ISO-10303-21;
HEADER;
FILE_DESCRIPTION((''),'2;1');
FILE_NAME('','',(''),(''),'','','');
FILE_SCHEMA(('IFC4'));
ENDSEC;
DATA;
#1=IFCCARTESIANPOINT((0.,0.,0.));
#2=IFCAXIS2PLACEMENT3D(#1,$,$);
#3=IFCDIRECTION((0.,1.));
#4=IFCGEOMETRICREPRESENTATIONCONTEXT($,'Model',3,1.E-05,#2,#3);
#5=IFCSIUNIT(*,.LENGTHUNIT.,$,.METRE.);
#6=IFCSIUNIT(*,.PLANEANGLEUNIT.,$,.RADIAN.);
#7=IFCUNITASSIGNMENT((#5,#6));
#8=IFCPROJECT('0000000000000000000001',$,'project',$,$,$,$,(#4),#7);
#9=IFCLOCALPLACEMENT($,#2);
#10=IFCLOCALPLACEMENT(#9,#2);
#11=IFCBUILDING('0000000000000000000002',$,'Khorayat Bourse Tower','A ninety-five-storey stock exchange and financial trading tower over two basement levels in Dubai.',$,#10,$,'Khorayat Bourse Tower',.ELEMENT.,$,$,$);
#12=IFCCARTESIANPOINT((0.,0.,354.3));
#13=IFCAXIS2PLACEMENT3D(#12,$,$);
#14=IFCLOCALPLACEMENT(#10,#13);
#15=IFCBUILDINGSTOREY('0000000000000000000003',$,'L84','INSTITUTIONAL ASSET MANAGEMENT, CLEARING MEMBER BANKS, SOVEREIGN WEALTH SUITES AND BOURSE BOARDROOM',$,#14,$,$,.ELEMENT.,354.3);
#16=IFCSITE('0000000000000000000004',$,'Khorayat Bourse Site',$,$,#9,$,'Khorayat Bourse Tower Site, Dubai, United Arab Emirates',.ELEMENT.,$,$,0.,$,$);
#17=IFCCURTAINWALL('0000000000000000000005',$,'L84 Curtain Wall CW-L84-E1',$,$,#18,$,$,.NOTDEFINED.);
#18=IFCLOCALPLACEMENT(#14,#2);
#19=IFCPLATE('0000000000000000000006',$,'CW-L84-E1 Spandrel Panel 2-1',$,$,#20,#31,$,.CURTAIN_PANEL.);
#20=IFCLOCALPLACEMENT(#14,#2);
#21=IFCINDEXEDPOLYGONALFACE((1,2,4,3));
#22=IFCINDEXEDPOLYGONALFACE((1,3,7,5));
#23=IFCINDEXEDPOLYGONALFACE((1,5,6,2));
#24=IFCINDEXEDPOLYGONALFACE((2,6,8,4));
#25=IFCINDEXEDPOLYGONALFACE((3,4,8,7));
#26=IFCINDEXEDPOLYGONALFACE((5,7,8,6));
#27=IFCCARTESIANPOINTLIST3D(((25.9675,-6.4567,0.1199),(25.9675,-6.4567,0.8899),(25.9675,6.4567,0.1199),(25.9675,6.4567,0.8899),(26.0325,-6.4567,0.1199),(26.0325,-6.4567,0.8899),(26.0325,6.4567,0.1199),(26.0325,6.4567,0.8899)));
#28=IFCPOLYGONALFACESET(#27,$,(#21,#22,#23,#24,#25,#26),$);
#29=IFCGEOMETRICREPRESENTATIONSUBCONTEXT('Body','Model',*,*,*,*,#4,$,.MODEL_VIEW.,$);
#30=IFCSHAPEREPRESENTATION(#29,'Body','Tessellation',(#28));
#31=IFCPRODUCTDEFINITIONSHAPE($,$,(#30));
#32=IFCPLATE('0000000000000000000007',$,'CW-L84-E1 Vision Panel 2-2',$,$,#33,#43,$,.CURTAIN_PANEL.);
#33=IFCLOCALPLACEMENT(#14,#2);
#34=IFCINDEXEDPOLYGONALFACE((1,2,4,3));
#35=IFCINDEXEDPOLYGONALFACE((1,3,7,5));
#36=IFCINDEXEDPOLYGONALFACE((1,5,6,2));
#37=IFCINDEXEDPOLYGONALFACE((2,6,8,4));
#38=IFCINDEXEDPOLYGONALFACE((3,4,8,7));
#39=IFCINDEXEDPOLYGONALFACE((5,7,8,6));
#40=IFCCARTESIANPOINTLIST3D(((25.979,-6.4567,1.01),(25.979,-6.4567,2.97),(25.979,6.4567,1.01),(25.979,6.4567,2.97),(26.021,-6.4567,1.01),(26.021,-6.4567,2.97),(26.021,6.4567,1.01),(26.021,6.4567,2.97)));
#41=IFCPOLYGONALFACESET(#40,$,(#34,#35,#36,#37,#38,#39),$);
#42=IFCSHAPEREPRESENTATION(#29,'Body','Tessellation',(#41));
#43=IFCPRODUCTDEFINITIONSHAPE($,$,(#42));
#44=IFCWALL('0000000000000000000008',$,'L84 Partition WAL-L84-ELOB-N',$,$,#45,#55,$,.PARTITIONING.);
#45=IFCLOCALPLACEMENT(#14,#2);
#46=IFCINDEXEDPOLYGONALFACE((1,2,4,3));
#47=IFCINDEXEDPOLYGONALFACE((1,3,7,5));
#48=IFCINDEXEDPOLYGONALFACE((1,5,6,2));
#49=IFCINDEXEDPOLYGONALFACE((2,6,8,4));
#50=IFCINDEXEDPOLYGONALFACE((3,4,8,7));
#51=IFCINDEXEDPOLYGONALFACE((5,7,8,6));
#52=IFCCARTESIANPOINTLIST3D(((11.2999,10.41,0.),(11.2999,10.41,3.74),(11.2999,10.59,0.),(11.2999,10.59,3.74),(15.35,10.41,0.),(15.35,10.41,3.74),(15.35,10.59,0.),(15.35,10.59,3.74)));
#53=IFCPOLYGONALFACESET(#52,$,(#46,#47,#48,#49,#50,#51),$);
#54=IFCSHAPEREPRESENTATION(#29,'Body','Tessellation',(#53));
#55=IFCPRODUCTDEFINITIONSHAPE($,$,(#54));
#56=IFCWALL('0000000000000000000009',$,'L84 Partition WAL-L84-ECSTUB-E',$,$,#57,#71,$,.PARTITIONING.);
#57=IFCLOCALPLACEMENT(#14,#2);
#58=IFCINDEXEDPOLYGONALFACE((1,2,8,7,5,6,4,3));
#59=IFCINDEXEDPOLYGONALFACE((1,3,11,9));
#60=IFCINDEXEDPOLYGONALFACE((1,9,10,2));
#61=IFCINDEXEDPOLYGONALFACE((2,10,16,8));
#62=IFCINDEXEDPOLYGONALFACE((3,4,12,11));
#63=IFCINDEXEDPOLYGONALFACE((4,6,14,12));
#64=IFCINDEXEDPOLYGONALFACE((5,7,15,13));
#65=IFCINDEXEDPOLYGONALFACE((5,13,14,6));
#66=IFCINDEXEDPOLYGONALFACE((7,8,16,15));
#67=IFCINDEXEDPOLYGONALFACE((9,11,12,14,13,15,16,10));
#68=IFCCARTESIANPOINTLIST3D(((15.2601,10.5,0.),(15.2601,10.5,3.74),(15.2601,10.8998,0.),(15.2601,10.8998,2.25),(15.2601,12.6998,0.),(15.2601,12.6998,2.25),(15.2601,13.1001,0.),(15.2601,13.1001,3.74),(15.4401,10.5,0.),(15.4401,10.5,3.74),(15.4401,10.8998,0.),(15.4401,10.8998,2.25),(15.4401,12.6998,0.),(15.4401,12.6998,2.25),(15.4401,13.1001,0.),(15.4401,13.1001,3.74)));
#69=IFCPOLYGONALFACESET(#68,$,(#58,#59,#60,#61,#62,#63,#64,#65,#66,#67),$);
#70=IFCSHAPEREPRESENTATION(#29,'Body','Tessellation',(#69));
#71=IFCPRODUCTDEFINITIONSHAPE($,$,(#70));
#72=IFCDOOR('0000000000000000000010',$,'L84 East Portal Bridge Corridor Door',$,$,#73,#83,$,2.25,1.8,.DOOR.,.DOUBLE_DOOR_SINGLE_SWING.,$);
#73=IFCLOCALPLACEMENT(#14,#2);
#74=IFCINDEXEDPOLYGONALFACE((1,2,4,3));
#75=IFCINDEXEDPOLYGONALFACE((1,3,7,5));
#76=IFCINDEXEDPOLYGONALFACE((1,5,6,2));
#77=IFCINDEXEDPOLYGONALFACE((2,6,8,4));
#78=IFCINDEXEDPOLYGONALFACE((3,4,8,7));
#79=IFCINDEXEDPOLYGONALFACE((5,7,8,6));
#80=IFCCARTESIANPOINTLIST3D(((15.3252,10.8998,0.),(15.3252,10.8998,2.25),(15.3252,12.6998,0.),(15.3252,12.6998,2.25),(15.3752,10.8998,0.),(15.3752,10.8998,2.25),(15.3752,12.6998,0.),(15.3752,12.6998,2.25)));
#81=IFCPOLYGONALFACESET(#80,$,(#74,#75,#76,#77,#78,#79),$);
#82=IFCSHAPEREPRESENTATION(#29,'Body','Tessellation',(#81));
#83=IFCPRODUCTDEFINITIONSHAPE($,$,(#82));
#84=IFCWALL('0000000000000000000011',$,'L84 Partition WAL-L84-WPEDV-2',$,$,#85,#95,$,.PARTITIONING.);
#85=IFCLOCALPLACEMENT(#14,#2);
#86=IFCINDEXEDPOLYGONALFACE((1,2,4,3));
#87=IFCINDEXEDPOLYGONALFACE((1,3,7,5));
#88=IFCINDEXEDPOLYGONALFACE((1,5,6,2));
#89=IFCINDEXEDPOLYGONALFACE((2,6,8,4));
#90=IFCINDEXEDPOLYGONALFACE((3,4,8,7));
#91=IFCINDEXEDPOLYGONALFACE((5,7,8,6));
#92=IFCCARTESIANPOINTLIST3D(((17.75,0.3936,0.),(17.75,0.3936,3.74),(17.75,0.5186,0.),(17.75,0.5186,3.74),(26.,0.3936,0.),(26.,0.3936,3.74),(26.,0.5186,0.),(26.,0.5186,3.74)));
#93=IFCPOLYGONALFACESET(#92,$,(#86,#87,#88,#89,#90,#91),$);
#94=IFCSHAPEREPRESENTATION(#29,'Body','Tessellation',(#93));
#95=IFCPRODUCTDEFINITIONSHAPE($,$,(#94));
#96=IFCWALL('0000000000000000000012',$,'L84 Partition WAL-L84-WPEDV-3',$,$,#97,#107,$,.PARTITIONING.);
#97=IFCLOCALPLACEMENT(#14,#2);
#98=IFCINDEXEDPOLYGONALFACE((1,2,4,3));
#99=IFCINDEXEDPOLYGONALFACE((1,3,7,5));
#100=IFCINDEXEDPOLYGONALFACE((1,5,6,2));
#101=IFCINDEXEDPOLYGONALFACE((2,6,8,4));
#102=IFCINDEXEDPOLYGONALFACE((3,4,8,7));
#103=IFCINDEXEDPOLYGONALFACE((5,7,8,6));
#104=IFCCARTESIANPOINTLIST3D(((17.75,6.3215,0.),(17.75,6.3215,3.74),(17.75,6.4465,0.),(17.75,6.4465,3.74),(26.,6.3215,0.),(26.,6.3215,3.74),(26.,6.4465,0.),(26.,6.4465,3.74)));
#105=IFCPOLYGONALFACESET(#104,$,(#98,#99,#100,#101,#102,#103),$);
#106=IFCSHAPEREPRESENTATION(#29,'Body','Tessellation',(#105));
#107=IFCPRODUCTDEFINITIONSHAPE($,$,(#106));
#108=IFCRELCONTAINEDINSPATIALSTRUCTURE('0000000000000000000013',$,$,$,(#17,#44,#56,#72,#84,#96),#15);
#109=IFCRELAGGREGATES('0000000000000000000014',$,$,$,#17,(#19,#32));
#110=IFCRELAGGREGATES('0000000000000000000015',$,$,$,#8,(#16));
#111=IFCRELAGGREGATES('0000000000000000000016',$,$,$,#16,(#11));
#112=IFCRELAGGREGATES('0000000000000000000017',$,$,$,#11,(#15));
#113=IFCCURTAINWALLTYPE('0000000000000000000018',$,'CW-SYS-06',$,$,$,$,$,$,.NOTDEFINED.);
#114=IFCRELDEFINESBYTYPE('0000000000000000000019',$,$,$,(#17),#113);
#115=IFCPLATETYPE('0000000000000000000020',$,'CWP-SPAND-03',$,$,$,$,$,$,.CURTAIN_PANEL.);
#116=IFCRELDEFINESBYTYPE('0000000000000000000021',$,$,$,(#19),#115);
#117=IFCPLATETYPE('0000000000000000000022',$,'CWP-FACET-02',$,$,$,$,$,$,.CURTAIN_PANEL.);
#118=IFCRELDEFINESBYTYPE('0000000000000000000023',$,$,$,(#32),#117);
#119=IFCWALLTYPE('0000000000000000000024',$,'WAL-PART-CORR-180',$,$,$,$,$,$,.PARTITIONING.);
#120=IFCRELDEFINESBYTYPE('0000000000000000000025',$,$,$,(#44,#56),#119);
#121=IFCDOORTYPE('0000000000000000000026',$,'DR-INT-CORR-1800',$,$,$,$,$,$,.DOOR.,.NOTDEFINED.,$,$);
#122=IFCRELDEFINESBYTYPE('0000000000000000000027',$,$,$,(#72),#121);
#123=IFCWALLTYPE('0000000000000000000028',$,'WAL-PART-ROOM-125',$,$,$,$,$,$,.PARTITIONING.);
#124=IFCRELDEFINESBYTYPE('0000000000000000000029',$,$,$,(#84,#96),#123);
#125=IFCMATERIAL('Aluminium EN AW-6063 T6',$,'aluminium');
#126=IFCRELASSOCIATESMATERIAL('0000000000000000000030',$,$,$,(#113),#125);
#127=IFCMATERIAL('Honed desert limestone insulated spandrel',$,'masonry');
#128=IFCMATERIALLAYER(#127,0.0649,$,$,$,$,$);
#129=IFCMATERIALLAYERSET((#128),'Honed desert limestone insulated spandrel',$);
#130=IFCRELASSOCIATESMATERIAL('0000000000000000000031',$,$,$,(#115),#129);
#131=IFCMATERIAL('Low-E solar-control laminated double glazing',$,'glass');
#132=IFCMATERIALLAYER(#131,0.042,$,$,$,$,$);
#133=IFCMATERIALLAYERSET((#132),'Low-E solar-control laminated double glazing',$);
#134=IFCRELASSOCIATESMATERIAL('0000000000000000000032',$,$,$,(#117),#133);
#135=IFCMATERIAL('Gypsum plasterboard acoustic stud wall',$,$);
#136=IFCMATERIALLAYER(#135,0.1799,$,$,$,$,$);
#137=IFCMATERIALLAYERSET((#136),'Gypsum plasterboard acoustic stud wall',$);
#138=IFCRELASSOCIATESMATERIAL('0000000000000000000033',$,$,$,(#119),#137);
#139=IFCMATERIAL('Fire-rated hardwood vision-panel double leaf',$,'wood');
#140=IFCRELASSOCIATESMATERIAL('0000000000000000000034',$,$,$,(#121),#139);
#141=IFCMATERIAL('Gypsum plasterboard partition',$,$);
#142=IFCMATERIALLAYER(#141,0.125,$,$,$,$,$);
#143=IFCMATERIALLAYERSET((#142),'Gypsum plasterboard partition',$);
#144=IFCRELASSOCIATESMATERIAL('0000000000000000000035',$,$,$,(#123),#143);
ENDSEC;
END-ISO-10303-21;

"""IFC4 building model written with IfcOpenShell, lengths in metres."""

from ifc_helpers import new_model, si_unit, direction, frame, frame_2d, origin, origin_2d, place, context, subcontext, project, spatial, rectangle, extrude, source, transform, mapped, material, layer, layer_set, type_object, element, fill, aggregate, save


model = new_model("IFC4")

# Units and contexts
model_context = context("Model", 3, precision=1e-05, world=origin(), true_north=direction((0.0, 1.0)))
body_context = subcontext(model_context, "Body", "Model", "MODEL_VIEW")
ifc_project = project(units=[si_unit("LENGTHUNIT", "METRE"), si_unit("PLANEANGLEUNIT", "RADIAN")], contexts=[model_context])

# Site, building, storey
site_placement = place(None, origin())
site = spatial("IfcSite", under=ifc_project, at=site_placement, Name="Khorayat Bourse Site", LongName="Khorayat Bourse Tower Site, Dubai, United Arab Emirates", CompositionType="ELEMENT", RefElevation=0.0)
building_placement = place(site_placement, origin())
building = spatial("IfcBuilding", under=site, at=building_placement, Name="Khorayat Bourse Tower", Description="A ninety-five-storey stock exchange and financial trading tower over two basement levels in Dubai.", LongName="Khorayat Bourse Tower", CompositionType="ELEMENT")
storey_placement = place(building_placement, frame((0.0, 0.0, 354.3)))
storey = spatial("IfcBuildingStorey", under=building, at=storey_placement, Name="L84", Description="INSTITUTIONAL ASSET MANAGEMENT, CLEARING MEMBER BANKS, SOVEREIGN WEALTH SUITES AND BOURSE BOARDROOM", CompositionType="ELEMENT", Elevation=354.3)

# Curtain wall
ifc_material_1 = material(Name="Aluminium EN AW-6063 T6", Category="aluminium")
curtain_wall_type = type_object("IfcCurtainWallType", Name="CW-SYS-06", PredefinedType="NOTDEFINED", material=ifc_material_1)
curtain_wall_placement = place(storey_placement, origin())
curtain_wall = element("IfcCurtainWall", 1, at=curtain_wall_placement, inside=storey, type_object=curtain_wall_type, Name="L84 Curtain Wall CW-L84-E1", PredefinedType="NOTDEFINED")

# Plates
ifc_material_2 = material(Name="Honed desert limestone insulated spandrel", Category="masonry")
ifc_layer_1 = layer(ifc_material_2, 0.0649)
ifc_layer_set_1 = layer_set([ifc_layer_1], Name="Honed desert limestone insulated spandrel")
plate_type_1 = type_object("IfcPlateType", Name="CWP-SPAND-03", PredefinedType="CURTAIN_PANEL", material=ifc_layer_set_1)
shared_shape_1 = source(origin(), body_context, "Body", "SweptSolid", [
    extrude(rectangle(XDim=12.9133, YDim=0.0649, at=origin_2d()), origin(), (0.0, 0.0, 1.0), 0.77),
])
plate_1_placement = place(storey_placement, frame((26.0, 0.0, 0.1199), z_axis=(0.0, 0.0, 1.0), x_axis=(0.0, 1.0, 0.0)))
plate_1 = element("IfcPlate", 2, at=plate_1_placement, type_object=plate_type_1, Name="CW-L84-E1 Spandrel Panel 2-1", PredefinedType="CURTAIN_PANEL", context=body_context, shape_type="MappedRepresentation", body=[
    mapped(shared_shape_1, transform((0.0, 0.0, 0.0), scale=1.0)),
])
ifc_material_3 = material(Name="Low-E solar-control laminated double glazing", Category="glass")
ifc_layer_2 = layer(ifc_material_3, 0.042)
ifc_layer_set_2 = layer_set([ifc_layer_2], Name="Low-E solar-control laminated double glazing")
plate_type_2 = type_object("IfcPlateType", Name="CWP-FACET-02", PredefinedType="CURTAIN_PANEL", material=ifc_layer_set_2)
shared_shape_2 = source(origin(), body_context, "Body", "SweptSolid", [
    extrude(rectangle(XDim=12.9133, YDim=0.042, at=origin_2d()), origin(), (0.0, 0.0, 1.0), 1.96),
])
plate_2_placement = place(storey_placement, frame((26.0, 0.0, 1.01), z_axis=(0.0, 0.0, 1.0), x_axis=(0.0, 1.0, 0.0)))
plate_2 = element("IfcPlate", 3, at=plate_2_placement, type_object=plate_type_2, Name="CW-L84-E1 Vision Panel 2-2", PredefinedType="CURTAIN_PANEL", context=body_context, shape_type="MappedRepresentation", body=[
    mapped(shared_shape_2, transform((0.0, 0.0, 0.0), scale=1.0)),
])
aggregate(curtain_wall, [plate_1, plate_2])

# Wall
ifc_material_4 = material(Name="Gypsum plasterboard acoustic stud wall")
ifc_layer_3 = layer(ifc_material_4, 0.1799)
ifc_layer_set_3 = layer_set([ifc_layer_3], Name="Gypsum plasterboard acoustic stud wall")
wall_type_1 = type_object("IfcWallType", Name="WAL-PART-CORR-180", PredefinedType="PARTITIONING", material=ifc_layer_set_3)
shared_shape_3 = source(origin(), body_context, "Body", "SweptSolid", [
    extrude(rectangle(XDim=4.05, YDim=0.1799, at=frame_2d((2.0249, 0.0))), origin(), (0.0, 0.0, 1.0), 3.74),
])
wall_1_placement = place(storey_placement, frame((11.3, 10.5, 0.0), z_axis=(0.0, 0.0, 1.0), x_axis=(1.0, 0.0, 0.0)))
element("IfcWall", 4, at=wall_1_placement, inside=storey, type_object=wall_type_1, Name="L84 Partition WAL-L84-ELOB-N", PredefinedType="PARTITIONING", context=body_context, shape_type="MappedRepresentation", body=[
    mapped(shared_shape_3, transform((0.0, 0.0, 0.0), scale=1.0)),
])

# Wall, opening, door
shared_shape_4 = source(origin(), body_context, "Body", "SweptSolid", [
    extrude(rectangle(XDim=2.6001, YDim=0.1799, at=frame_2d((1.3, 0.0))), origin(), (0.0, 0.0, 1.0), 3.74),
])
wall_2_placement = place(storey_placement, frame((15.3501, 10.5, 0.0), z_axis=(0.0, 0.0, 1.0), x_axis=(0.0, 1.0, 0.0)))
wall_2 = element("IfcWall", 5, at=wall_2_placement, inside=storey, type_object=wall_type_1, Name="L84 Partition WAL-L84-ECSTUB-E", PredefinedType="PARTITIONING", context=body_context, shape_type="MappedRepresentation", body=[
    mapped(shared_shape_4, transform((0.0, 0.0, 0.0), scale=1.0)),
])
shared_shape_5 = source(origin(), body_context, "Body", "SweptSolid", [
    extrude(rectangle(XDim=1.8, YDim=2.25, at=frame_2d((0.8999, 1.125))), frame((0.0, 0.0999, 0.0), z_axis=(0.0, -1.0, 0.0), x_axis=(1.0, 0.0, 0.0)), (0.0, 0.0, 1.0), 0.2),
])
opening_placement = place(wall_2_placement, frame((0.3999, 0.0, 0.0)))
opening = element("IfcOpeningElement", 6, at=opening_placement, cuts=wall_2, PredefinedType="OPENING", context=body_context, shape_type="MappedRepresentation", body=[
    mapped(shared_shape_5, transform((0.0, 0.0, 0.0), scale=1.0)),
])
ifc_material_5 = material(Name="Fire-rated hardwood vision-panel double leaf", Category="wood")
door_type = type_object("IfcDoorType", Name="DR-INT-CORR-1800", OperationType="NOTDEFINED", PredefinedType="DOOR", material=ifc_material_5)
shared_shape_6 = source(origin(), body_context, "Body", "SweptSolid", [
    extrude(rectangle(XDim=1.8, YDim=2.25, at=frame_2d((0.8999, 1.125))), frame((0.0, 0.0249, 0.0), z_axis=(0.0, -1.0, 0.0), x_axis=(1.0, 0.0, 0.0)), (0.0, 0.0, 1.0), 0.05),
])
door_placement = place(opening_placement, origin())
door = element("IfcDoor", 7, at=door_placement, inside=storey, type_object=door_type, Name="L84 East Portal Bridge Corridor Door", OperationType="DOUBLE_DOOR_SINGLE_SWING", OverallHeight=2.25, OverallWidth=1.8, PredefinedType="DOOR", context=body_context, shape_type="MappedRepresentation", body=[
    mapped(shared_shape_6, transform((0.0, 0.0, 0.0), scale=1.0)),
])
fill(opening, door)

# Walls
ifc_material_6 = material(Name="Gypsum plasterboard partition")
ifc_layer_4 = layer(ifc_material_6, 0.125)
ifc_layer_set_4 = layer_set([ifc_layer_4], Name="Gypsum plasterboard partition")
wall_type_2 = type_object("IfcWallType", Name="WAL-PART-ROOM-125", PredefinedType="PARTITIONING", material=ifc_layer_set_4)
shared_shape_7 = source(origin(), body_context, "Body", "SweptSolid", [
    extrude(rectangle(XDim=8.25, YDim=0.125, at=frame_2d((4.125, 0.0))), origin(), (0.0, 0.0, 1.0), 3.74),
])
for number, where, z_axis, x_axis, name in (
    (8, (17.75, 0.4561, 0.0), (0.0, 0.0, 1.0), (1.0, 0.0, 0.0), "L84 Partition WAL-L84-WPEDV-2"),
    (9, (17.75, 6.384, 0.0), (0.0, 0.0, 1.0), (1.0, 0.0, 0.0), "L84 Partition WAL-L84-WPEDV-3"),
):
    element("IfcWall", number, at=place(storey_placement, frame(where, z_axis=z_axis, x_axis=x_axis)), inside=storey, type_object=wall_type_2, Name=name, PredefinedType="PARTITIONING", context=body_context, shape_type="MappedRepresentation", body=[
        mapped(shared_shape_7, transform((0.0, 0.0, 0.0), scale=1.0)),
    ])

save(model, "model.ifc")
